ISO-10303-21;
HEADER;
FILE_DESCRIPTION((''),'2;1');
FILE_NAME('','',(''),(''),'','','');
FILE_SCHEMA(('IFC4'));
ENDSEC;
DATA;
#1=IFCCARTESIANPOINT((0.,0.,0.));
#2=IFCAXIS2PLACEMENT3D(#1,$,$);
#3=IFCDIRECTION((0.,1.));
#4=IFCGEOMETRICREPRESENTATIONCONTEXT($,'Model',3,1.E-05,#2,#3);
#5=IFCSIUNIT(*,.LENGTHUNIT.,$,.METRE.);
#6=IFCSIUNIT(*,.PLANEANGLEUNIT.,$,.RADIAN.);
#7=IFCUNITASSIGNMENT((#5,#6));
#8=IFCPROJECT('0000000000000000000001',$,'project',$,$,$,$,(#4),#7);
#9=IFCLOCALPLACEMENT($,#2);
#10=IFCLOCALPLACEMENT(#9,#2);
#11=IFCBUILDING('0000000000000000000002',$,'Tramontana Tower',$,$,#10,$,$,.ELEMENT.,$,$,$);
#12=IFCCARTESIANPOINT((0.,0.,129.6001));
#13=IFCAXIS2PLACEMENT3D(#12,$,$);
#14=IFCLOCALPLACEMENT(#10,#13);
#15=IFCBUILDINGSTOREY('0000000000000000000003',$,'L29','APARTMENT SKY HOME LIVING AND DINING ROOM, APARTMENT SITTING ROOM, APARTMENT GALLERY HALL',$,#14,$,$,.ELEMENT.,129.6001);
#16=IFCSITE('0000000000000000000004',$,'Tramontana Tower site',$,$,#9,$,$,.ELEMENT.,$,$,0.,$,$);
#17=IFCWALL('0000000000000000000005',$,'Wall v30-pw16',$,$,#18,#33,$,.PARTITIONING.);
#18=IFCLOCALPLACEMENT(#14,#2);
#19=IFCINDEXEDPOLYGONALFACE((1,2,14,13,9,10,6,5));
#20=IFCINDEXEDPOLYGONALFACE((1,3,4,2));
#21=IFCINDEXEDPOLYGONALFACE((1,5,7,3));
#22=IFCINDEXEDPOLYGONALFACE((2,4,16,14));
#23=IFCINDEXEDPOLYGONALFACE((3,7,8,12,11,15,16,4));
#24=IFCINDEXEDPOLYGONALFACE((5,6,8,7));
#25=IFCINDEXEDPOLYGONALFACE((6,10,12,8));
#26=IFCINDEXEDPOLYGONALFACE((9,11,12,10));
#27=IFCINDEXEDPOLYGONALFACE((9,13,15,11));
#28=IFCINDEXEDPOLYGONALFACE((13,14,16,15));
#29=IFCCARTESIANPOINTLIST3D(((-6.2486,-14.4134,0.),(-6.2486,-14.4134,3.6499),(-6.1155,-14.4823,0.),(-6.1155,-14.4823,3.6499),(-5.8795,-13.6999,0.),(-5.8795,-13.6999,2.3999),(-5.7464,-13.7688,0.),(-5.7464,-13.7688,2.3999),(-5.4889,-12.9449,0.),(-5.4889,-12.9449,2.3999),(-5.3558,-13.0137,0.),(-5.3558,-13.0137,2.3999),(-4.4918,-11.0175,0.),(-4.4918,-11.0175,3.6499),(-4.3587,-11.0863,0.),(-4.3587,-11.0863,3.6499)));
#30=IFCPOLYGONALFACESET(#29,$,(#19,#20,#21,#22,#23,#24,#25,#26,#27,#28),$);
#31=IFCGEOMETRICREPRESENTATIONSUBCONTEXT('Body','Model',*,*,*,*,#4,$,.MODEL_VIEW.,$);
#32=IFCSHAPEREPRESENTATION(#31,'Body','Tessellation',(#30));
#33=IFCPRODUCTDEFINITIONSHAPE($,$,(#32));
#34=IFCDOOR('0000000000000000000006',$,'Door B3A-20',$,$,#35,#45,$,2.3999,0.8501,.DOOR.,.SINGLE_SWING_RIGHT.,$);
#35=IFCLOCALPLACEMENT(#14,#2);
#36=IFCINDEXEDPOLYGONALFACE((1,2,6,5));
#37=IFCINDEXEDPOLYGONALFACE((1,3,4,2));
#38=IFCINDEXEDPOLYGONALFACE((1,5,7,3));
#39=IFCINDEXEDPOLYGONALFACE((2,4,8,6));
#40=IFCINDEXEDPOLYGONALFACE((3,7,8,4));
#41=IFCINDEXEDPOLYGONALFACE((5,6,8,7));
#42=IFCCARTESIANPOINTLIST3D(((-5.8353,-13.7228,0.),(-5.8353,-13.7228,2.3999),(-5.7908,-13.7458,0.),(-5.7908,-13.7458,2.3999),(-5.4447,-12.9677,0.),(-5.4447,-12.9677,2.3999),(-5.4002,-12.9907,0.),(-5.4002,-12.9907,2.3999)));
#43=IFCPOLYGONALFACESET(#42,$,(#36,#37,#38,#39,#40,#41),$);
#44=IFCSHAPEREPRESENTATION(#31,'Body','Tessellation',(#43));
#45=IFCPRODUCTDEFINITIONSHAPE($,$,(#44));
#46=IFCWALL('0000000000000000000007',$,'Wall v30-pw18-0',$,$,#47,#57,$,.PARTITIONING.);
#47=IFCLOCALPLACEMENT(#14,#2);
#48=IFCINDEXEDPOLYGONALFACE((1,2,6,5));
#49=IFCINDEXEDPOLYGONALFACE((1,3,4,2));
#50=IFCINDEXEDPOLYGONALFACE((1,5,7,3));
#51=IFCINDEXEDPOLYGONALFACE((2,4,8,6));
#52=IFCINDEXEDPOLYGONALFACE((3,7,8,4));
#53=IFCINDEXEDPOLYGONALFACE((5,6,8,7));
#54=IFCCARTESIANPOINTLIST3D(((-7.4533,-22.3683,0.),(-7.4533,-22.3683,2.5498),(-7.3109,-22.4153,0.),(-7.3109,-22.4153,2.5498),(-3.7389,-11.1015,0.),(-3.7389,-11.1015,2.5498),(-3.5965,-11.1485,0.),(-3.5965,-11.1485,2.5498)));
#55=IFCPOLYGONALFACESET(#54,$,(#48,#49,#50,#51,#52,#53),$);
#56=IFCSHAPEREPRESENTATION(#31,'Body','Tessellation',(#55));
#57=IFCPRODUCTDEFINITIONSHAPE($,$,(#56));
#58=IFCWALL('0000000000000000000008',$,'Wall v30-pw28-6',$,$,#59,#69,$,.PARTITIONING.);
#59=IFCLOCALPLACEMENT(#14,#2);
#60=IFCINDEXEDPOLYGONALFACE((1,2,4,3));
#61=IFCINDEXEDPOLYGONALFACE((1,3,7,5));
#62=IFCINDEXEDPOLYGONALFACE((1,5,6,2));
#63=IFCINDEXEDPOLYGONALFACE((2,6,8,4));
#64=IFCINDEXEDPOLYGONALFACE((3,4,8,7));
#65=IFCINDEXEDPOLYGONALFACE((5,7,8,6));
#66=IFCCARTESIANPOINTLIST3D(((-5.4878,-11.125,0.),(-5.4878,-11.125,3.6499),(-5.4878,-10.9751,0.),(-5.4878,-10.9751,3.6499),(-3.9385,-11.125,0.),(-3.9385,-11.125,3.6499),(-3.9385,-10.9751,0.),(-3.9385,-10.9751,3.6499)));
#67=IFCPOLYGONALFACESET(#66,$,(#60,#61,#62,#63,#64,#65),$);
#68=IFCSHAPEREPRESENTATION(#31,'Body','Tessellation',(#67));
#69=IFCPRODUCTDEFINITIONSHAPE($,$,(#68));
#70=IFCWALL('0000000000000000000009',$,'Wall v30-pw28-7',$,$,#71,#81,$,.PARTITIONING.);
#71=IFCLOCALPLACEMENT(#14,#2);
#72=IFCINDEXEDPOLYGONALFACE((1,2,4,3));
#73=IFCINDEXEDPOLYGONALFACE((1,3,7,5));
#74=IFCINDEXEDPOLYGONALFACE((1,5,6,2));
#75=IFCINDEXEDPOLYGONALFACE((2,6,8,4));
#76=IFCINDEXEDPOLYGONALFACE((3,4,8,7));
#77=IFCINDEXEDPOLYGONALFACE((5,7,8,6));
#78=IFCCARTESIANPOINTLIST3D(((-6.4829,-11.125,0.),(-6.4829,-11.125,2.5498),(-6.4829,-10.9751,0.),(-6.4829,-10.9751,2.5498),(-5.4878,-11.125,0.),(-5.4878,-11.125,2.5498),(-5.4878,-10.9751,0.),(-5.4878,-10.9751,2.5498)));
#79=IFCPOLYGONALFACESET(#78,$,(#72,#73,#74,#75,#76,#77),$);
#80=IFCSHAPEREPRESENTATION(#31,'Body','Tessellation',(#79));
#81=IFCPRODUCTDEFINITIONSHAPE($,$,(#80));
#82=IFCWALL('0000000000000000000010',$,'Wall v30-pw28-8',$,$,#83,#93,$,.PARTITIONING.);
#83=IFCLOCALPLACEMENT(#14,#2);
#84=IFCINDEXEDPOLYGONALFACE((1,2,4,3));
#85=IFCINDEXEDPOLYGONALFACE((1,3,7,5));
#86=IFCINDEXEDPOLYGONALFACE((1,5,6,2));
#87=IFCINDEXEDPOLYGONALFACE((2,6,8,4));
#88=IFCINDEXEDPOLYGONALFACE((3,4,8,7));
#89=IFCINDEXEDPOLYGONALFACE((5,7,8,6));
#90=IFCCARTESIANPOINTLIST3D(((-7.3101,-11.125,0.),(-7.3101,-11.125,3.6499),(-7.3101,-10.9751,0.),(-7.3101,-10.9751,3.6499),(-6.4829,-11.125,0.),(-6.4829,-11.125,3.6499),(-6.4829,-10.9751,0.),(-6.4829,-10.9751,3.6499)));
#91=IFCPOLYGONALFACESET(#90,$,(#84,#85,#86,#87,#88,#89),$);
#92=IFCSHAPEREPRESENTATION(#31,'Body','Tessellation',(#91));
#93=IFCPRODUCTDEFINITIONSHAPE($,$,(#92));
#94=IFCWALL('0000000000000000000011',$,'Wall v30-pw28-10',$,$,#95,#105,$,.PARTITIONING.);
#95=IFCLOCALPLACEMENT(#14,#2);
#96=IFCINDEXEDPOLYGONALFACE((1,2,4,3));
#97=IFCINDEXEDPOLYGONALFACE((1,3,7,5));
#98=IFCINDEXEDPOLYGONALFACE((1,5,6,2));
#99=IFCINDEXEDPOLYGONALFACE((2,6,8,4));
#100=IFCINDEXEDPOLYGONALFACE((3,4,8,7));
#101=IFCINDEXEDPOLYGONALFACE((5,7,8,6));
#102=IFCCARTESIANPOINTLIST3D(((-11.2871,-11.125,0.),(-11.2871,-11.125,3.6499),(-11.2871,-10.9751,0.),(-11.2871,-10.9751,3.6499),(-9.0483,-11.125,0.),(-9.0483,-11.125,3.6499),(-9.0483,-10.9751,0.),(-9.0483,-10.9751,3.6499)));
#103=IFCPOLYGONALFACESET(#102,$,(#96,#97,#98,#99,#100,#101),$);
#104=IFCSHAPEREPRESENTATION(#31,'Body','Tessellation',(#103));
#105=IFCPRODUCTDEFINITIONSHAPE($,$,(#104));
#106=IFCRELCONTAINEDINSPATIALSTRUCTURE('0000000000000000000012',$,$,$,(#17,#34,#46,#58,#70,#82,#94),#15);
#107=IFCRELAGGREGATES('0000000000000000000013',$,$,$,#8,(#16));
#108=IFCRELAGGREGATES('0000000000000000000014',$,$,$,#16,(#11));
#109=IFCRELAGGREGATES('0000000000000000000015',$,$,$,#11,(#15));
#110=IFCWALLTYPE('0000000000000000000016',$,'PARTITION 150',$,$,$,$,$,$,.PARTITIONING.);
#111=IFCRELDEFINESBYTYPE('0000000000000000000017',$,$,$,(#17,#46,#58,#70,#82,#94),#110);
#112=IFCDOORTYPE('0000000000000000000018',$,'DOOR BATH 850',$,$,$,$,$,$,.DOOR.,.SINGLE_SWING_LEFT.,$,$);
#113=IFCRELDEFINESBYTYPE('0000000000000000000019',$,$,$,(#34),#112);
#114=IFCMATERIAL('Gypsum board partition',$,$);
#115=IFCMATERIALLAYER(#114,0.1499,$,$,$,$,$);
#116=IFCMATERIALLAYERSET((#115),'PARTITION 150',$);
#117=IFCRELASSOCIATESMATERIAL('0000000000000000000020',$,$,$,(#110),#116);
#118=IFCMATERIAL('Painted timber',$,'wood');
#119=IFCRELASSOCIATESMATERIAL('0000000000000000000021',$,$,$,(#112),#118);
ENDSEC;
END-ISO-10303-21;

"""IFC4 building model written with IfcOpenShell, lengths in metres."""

from ifc_helpers import new_model, si_unit, direction, frame, frame_2d, origin, place, context, subcontext, project, spatial, rectangle, extrude, material, layer, layer_set, type_object, element, fill, save


model = new_model("IFC4")

# Units and contexts
model_context = context("Model", 3, precision=1e-05, world=origin(), true_north=direction((0.0, 1.0)))
body_context = subcontext(model_context, "Body", "Model", "MODEL_VIEW")
ifc_project = project(units=[si_unit("LENGTHUNIT", "METRE"), si_unit("PLANEANGLEUNIT", "RADIAN")], contexts=[model_context])

# Site, building, storey
site_placement = place(None, origin())
site = spatial("IfcSite", under=ifc_project, at=site_placement, Name="Tramontana Tower site", CompositionType="ELEMENT", RefElevation=0.0)
building_placement = place(site_placement, origin())
building = spatial("IfcBuilding", under=site, at=building_placement, Name="Tramontana Tower", CompositionType="ELEMENT")
storey_placement = place(building_placement, frame((0.0, 0.0, 129.6001)))
storey = spatial("IfcBuildingStorey", under=building, at=storey_placement, Name="L29", Description="APARTMENT SKY HOME LIVING AND DINING ROOM, APARTMENT SITTING ROOM, APARTMENT GALLERY HALL", CompositionType="ELEMENT", Elevation=129.6001)

# Shared definitions
ifc_material_1 = material(Name="Gypsum board partition")
ifc_layer_1 = layer(ifc_material_1, 0.1499)
ifc_layer_set_1 = layer_set([ifc_layer_1], Name="PARTITION 150")
wall_type_1 = type_object("IfcWallType", Name="PARTITION 150", PredefinedType="PARTITIONING", material=ifc_layer_set_1)

# Wall, opening, door
wall_1_placement = place(storey_placement, frame((-4.4253, -11.052, 0.0), z_axis=(0.0, 0.0, 1.0), x_axis=(-0.459482, -0.888187, 0.0)))
wall_1 = element("IfcWall", 1, at=wall_1_placement, inside=storey, type_object=wall_type_1, Name="Wall v30-pw16", PredefinedType="PARTITIONING", context=body_context, shape_type="SweptSolid", body=[
    extrude(rectangle(XDim=3.8235, YDim=0.1499, at=frame_2d((1.9116, 0.0))), origin(), (0.0, 0.0, 1.0), 3.6499),
])
opening_1_placement = place(wall_1_placement, frame((2.1699, 0.0, 0.0)))
opening_1 = element("IfcOpeningElement", 2, at=opening_1_placement, cuts=wall_1, PredefinedType="OPENING", context=body_context, shape_type="SweptSolid", body=[
    extrude(rectangle(XDim=0.8501, YDim=2.3999, at=frame_2d((0.425, 1.2))), frame((0.0, 0.085, 0.0), z_axis=(0.0, -1.0, 0.0), x_axis=(1.0, 0.0, 0.0)), (0.0, 0.0, 1.0), 0.1699),
])
ifc_material_2 = material(Name="Painted timber", Category="wood")
door_type_1 = type_object("IfcDoorType", Name="DOOR BATH 850", OperationType="SINGLE_SWING_LEFT", PredefinedType="DOOR", material=ifc_material_2)
door_1_placement = place(opening_1_placement, origin())
door_1 = element("IfcDoor", 3, at=door_1_placement, inside=storey, type_object=door_type_1, Name="Door B3A-20", OperationType="SINGLE_SWING_RIGHT", OverallHeight=2.3999, OverallWidth=0.8501, PredefinedType="DOOR", context=body_context, shape_type="SweptSolid", body=[
    extrude(rectangle(XDim=0.8501, YDim=2.3999, at=frame_2d((0.425, 1.2))), frame((0.0, 0.0249, 0.0), z_axis=(0.0, -1.0, 0.0), x_axis=(1.0, 0.0, 0.0)), (0.0, 0.0, 1.0), 0.05),
])
fill(opening_1, door_1)

# Walls
wall_2_placement = place(storey_placement, frame((-3.6677, -11.125, 0.0), z_axis=(0.0, 0.0, 1.0), x_axis=(-0.313096, -0.949722, 0.0)))
element("IfcWall", 4, at=wall_2_placement, inside=storey, type_object=wall_type_1, Name="Wall v30-pw18-0", PredefinedType="PARTITIONING", context=body_context, shape_type="SweptSolid", body=[
    extrude(rectangle(XDim=11.8633, YDim=0.1499, at=frame_2d((5.9316, 0.0))), origin(), (0.0, 0.0, 1.0), 2.5498),
])
wall_3_placement = place(storey_placement, frame((-3.9385, -11.05, 0.0), z_axis=(0.0, 0.0, 1.0), x_axis=(-1.0, 0.0, 0.0)))
element("IfcWall", 5, at=wall_3_placement, inside=storey, type_object=wall_type_1, Name="Wall v30-pw28-6", PredefinedType="PARTITIONING", context=body_context, shape_type="SweptSolid", body=[
    extrude(rectangle(XDim=1.5493, YDim=0.1499, at=frame_2d((0.7747, 0.0))), origin(), (0.0, 0.0, 1.0), 3.6499),
])
wall_4_placement = place(storey_placement, frame((-5.4878, -11.05, 0.0), z_axis=(0.0, 0.0, 1.0), x_axis=(-1.0, 0.0, 0.0)))
element("IfcWall", 6, at=wall_4_placement, inside=storey, type_object=wall_type_1, Name="Wall v30-pw28-7", PredefinedType="PARTITIONING", context=body_context, shape_type="SweptSolid", body=[
    extrude(rectangle(XDim=0.9951, YDim=0.1499, at=frame_2d((0.4976, 0.0))), origin(), (0.0, 0.0, 1.0), 2.5498),
])
wall_5_placement = place(storey_placement, frame((-6.4829, -11.05, 0.0), z_axis=(0.0, 0.0, 1.0), x_axis=(-1.0, 0.0, 0.0)))
element("IfcWall", 7, at=wall_5_placement, inside=storey, type_object=wall_type_1, Name="Wall v30-pw28-8", PredefinedType="PARTITIONING", context=body_context, shape_type="SweptSolid", body=[
    extrude(rectangle(XDim=0.8271, YDim=0.1499, at=frame_2d((0.4136, 0.0))), origin(), (0.0, 0.0, 1.0), 3.6499),
])

# Wall
wall_6_placement = place(storey_placement, frame((-9.0483, -11.05, 0.0), z_axis=(0.0, 0.0, 1.0), x_axis=(-1.0, 0.0, 0.0)))
element("IfcWall", 8, at=wall_6_placement, inside=storey, type_object=wall_type_1, Name="Wall v30-pw28-10", PredefinedType="PARTITIONING", context=body_context, shape_type="SweptSolid", body=[
    extrude(rectangle(XDim=2.2388, YDim=0.1499, at=frame_2d((1.1194, 0.0))), origin(), (0.0, 0.0, 1.0), 3.6499),
])

save(model, "model.ifc")
